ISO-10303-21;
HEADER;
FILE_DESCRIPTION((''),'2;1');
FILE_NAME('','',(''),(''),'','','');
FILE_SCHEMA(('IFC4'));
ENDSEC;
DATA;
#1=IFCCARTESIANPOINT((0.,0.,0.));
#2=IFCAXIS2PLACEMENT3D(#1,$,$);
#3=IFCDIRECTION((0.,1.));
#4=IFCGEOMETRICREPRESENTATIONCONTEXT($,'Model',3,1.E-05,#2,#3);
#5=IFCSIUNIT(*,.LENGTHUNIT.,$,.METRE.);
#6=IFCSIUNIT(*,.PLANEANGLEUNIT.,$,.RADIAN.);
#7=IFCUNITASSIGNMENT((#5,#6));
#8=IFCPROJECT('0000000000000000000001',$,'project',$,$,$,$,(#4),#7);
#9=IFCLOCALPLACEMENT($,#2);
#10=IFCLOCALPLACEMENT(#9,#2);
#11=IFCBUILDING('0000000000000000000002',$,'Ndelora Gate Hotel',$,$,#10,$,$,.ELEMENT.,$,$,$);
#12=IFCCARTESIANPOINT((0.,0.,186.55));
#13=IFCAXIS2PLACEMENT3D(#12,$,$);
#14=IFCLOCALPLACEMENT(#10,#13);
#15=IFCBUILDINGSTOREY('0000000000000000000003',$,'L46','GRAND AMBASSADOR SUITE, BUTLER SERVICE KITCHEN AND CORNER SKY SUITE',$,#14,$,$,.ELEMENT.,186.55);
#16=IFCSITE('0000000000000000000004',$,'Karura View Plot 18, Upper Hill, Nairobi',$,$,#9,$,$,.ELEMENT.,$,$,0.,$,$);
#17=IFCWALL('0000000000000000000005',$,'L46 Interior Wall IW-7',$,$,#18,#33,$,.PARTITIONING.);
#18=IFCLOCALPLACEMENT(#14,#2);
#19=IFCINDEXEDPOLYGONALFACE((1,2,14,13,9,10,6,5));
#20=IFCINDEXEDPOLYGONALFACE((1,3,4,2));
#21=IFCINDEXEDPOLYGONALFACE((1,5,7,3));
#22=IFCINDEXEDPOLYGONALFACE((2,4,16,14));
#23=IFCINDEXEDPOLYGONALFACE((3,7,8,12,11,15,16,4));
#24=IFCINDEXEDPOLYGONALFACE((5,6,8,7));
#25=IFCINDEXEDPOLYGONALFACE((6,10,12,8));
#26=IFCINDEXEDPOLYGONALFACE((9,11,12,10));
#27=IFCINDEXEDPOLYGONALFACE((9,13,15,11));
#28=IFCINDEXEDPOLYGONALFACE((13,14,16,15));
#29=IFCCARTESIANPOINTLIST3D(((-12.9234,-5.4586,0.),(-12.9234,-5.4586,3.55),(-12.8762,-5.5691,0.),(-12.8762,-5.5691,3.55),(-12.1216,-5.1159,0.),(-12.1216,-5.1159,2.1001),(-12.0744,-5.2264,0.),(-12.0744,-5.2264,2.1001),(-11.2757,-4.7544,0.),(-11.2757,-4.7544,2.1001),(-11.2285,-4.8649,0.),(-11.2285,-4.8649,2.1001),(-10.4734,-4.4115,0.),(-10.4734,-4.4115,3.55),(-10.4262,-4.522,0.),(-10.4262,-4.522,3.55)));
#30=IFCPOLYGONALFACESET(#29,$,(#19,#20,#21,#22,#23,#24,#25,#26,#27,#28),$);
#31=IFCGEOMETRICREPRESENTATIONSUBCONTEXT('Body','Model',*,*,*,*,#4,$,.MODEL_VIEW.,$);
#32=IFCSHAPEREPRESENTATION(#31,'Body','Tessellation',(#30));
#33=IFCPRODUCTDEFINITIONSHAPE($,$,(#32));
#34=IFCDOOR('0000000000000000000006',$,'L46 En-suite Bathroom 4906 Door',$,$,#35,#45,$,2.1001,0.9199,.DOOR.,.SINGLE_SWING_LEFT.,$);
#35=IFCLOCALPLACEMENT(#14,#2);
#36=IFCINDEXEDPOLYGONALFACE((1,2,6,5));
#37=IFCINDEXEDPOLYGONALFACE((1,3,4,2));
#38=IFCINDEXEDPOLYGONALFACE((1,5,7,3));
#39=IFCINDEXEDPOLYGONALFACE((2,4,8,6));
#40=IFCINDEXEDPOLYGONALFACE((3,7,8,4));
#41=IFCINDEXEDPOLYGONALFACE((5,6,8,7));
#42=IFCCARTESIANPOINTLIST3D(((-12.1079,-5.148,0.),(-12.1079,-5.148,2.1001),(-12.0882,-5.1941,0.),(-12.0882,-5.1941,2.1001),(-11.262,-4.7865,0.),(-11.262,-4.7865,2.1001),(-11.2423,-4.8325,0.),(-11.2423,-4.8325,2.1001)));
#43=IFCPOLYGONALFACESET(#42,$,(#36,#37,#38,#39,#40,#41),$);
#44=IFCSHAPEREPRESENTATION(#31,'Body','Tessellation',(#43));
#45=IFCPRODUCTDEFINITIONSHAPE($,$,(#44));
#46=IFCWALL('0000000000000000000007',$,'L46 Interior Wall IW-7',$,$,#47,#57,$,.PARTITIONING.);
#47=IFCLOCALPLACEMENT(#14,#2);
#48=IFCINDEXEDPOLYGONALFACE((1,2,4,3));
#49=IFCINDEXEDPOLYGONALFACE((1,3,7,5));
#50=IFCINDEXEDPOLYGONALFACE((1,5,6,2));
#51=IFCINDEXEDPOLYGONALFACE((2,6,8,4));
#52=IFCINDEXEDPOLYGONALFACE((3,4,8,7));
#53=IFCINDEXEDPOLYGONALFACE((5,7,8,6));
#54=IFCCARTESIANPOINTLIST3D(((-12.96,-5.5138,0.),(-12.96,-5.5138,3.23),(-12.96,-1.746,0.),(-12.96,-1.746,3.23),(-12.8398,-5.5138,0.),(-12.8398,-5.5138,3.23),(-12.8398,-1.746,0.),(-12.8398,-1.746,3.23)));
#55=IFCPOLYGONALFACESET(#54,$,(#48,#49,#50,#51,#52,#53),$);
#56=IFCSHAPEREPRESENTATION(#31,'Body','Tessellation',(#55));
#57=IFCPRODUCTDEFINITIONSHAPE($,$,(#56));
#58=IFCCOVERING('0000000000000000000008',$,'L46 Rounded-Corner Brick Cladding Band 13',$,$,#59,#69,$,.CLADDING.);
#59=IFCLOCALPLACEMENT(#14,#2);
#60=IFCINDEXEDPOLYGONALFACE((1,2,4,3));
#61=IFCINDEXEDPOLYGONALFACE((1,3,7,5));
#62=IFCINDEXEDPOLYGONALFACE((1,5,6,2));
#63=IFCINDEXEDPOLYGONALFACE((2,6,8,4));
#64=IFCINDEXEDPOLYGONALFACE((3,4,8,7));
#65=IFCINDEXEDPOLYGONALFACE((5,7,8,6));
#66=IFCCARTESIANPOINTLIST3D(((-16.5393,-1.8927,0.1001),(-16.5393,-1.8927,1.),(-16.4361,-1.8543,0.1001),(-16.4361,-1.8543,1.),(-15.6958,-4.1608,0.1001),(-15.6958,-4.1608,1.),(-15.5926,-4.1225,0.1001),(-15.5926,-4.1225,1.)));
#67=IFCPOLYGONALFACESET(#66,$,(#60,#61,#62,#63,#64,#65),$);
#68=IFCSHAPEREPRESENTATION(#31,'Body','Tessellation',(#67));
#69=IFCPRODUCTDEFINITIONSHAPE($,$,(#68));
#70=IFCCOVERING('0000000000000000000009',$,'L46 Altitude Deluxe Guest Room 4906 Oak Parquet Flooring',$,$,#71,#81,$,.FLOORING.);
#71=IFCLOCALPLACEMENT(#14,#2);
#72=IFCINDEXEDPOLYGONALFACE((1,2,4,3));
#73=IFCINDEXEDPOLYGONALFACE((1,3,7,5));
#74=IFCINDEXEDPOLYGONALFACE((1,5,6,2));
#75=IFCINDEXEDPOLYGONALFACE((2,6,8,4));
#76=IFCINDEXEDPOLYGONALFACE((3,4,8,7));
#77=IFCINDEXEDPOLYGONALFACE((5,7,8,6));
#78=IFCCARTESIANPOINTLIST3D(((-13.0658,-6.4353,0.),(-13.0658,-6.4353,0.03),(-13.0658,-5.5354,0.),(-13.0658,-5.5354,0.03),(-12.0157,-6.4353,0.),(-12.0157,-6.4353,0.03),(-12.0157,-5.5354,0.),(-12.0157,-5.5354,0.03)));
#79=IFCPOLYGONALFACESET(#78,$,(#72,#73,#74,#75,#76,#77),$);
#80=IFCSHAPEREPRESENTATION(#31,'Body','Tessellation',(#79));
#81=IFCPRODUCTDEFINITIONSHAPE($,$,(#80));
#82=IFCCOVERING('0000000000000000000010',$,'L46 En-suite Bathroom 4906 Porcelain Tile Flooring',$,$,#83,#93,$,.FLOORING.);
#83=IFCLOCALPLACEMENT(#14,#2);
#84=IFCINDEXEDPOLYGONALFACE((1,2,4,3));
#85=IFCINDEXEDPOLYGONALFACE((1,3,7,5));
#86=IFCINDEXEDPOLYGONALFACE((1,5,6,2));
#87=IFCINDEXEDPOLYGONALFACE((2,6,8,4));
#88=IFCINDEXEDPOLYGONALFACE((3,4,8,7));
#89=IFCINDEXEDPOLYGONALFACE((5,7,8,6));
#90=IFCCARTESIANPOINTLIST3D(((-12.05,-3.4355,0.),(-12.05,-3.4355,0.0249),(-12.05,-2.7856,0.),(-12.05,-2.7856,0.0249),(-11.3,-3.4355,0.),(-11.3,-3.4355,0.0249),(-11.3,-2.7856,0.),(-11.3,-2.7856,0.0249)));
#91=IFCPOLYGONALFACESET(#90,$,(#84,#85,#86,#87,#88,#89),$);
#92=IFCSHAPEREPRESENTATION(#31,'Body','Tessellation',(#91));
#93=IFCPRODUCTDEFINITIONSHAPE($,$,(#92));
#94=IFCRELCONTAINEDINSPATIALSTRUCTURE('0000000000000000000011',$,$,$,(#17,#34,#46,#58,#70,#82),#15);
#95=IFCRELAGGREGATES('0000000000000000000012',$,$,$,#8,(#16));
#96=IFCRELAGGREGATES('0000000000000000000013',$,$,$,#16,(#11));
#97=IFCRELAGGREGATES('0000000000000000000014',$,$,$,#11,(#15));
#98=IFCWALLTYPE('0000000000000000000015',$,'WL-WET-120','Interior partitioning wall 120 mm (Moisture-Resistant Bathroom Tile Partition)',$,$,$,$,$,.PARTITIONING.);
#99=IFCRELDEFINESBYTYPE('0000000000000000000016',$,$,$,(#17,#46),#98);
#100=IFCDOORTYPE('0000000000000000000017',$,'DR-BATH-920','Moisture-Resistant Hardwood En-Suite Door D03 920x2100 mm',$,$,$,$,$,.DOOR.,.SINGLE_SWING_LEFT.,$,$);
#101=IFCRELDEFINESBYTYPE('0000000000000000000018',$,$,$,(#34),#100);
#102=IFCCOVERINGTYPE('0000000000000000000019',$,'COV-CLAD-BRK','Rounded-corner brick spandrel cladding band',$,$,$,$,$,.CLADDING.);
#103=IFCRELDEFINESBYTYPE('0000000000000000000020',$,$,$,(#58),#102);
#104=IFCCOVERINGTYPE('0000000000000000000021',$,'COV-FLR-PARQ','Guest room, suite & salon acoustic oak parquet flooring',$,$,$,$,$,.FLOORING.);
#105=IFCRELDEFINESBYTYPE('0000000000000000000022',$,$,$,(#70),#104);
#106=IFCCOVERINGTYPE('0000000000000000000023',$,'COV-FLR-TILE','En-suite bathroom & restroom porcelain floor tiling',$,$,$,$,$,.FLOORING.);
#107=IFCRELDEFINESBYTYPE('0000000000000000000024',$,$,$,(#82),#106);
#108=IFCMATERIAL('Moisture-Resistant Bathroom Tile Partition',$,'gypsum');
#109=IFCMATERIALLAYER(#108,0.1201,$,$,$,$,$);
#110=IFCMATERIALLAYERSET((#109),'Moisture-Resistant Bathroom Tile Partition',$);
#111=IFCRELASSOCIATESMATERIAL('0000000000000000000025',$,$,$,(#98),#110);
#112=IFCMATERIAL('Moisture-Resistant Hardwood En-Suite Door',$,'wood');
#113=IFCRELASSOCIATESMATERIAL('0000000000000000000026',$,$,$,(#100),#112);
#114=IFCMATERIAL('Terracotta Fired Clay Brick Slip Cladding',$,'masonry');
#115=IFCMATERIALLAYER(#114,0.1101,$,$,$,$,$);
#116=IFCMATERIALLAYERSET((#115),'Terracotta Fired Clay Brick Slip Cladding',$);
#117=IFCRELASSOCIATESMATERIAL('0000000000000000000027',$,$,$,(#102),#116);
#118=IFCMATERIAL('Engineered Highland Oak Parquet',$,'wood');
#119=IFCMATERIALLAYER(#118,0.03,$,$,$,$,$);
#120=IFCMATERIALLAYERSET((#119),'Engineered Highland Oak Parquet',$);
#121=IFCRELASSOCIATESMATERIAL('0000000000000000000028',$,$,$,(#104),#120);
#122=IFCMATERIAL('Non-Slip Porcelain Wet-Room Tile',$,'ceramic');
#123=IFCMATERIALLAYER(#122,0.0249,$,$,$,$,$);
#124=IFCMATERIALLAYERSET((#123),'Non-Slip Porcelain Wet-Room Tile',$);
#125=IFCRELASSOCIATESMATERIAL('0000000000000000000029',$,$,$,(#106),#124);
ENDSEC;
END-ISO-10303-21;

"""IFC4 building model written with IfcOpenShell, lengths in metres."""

from ifc_helpers import new_model, si_unit, direction, frame, frame_2d, origin, origin_2d, place, context, subcontext, project, spatial, rectangle, extrude, material, layer, layer_set, type_object, element, fill, save


model = new_model("IFC4")

# Units and contexts
model_context = context("Model", 3, precision=1e-05, world=origin(), true_north=direction((0.0, 1.0)))
body_context = subcontext(model_context, "Body", "Model", "MODEL_VIEW")
ifc_project = project(units=[si_unit("LENGTHUNIT", "METRE"), si_unit("PLANEANGLEUNIT", "RADIAN")], contexts=[model_context])

# Site, building, storey
site_placement = place(None, origin())
site = spatial("IfcSite", under=ifc_project, at=site_placement, Name="Karura View Plot 18, Upper Hill, Nairobi", CompositionType="ELEMENT", RefElevation=0.0)
building_placement = place(site_placement, origin())
building = spatial("IfcBuilding", under=site, at=building_placement, Name="Ndelora Gate Hotel", CompositionType="ELEMENT")
storey_placement = place(building_placement, frame((0.0, 0.0, 186.55)))
storey = spatial("IfcBuildingStorey", under=building, at=storey_placement, Name="L46", Description="GRAND AMBASSADOR SUITE, BUTLER SERVICE KITCHEN AND CORNER SKY SUITE", CompositionType="ELEMENT", Elevation=186.55)

# Wall, opening, door
ifc_material_1 = material(Name="Moisture-Resistant Bathroom Tile Partition", Category="gypsum")
ifc_layer_1 = layer(ifc_material_1, 0.1201)
ifc_layer_set_1 = layer_set([ifc_layer_1], Name="Moisture-Resistant Bathroom Tile Partition")
wall_type_1 = type_object("IfcWallType", Name="WL-WET-120", Description="Interior partitioning wall 120 mm (Moisture-Resistant Bathroom Tile Partition)", PredefinedType="PARTITIONING", material=ifc_layer_set_1)
wall_1_placement = place(storey_placement, frame((-10.45, -4.4668, 0.0), z_axis=(0.0, 0.0, 1.0), x_axis=(-0.919533, -0.393012, 0.0)))
wall_1 = element("IfcWall", 1, at=wall_1_placement, inside=storey, type_object=wall_type_1, Name="L46 Interior Wall IW-7", PredefinedType="PARTITIONING", context=body_context, shape_type="SweptSolid", body=[
    extrude(rectangle(XDim=2.6643, YDim=0.1201, at=frame_2d((1.332, 0.0))), origin(), (0.0, 0.0, 1.0), 3.55),
])
opening_1_placement = place(wall_1_placement, frame((0.8723, 0.0, 0.0)))
opening_1 = element("IfcOpeningElement", 2, at=opening_1_placement, cuts=wall_1, PredefinedType="OPENING", context=body_context, shape_type="SweptSolid", body=[
    extrude(rectangle(XDim=0.9199, YDim=2.1001, at=frame_2d((0.46, 1.05))), frame((0.0, 0.0701, 0.0), z_axis=(0.0, -1.0, 0.0), x_axis=(1.0, 0.0, 0.0)), (0.0, 0.0, 1.0), 0.1401),
])
ifc_material_2 = material(Name="Moisture-Resistant Hardwood En-Suite Door", Category="wood")
door_type = type_object("IfcDoorType", Name="DR-BATH-920", Description="Moisture-Resistant Hardwood En-Suite Door D03 920x2100 mm", OperationType="SINGLE_SWING_LEFT", PredefinedType="DOOR", material=ifc_material_2)
door_placement = place(opening_1_placement, origin())
door = element("IfcDoor", 3, at=door_placement, inside=storey, type_object=door_type, Name="L46 En-suite Bathroom 4906 Door", OperationType="SINGLE_SWING_LEFT", OverallHeight=2.1001, OverallWidth=0.9199, PredefinedType="DOOR", context=body_context, shape_type="SweptSolid", body=[
    extrude(rectangle(XDim=0.9199, YDim=2.1001, at=frame_2d((0.46, 1.05))), frame((0.0, 0.0249, 0.0), z_axis=(0.0, -1.0, 0.0), x_axis=(1.0, 0.0, 0.0)), (0.0, 0.0, 1.0), 0.05),
])
fill(opening_1, door)

# Wall
wall_2_placement = place(storey_placement, frame((-12.8999, -1.7461, 0.0), z_axis=(0.0, 0.0, 1.0), x_axis=(0.0, -1.0, 0.0)))
element("IfcWall", 4, at=wall_2_placement, inside=storey, type_object=wall_type_1, Name="L46 Interior Wall IW-7", PredefinedType="PARTITIONING", context=body_context, shape_type="SweptSolid", body=[
    extrude(rectangle(XDim=3.7678, YDim=0.1201, at=frame_2d((1.8838, 0.0))), origin(), (0.0, 0.0, 1.0), 3.23),
])

# Coverings
ifc_material_3 = material(Name="Terracotta Fired Clay Brick Slip Cladding", Category="masonry")
ifc_layer_2 = layer(ifc_material_3, 0.1101)
ifc_layer_set_2 = layer_set([ifc_layer_2], Name="Terracotta Fired Clay Brick Slip Cladding")
covering_type_1 = type_object("IfcCoveringType", Name="COV-CLAD-BRK", Description="Rounded-corner brick spandrel cladding band", PredefinedType="CLADDING", material=ifc_layer_set_2)
covering_1_placement = place(storey_placement, frame((-16.0659, -3.0076, 0.1001), z_axis=(0.0, 0.0, 1.0), x_axis=(-0.348572, 0.937282, 0.0)))
element("IfcCovering", 5, at=covering_1_placement, inside=storey, type_object=covering_type_1, Name="L46 Rounded-Corner Brick Cladding Band 13", PredefinedType="CLADDING", context=body_context, shape_type="SweptSolid", body=[
    extrude(rectangle(XDim=2.4199, YDim=0.1101, at=origin_2d()), origin(), (0.0, 0.0, 1.0), 0.8999),
])
ifc_material_4 = material(Name="Engineered Highland Oak Parquet", Category="wood")
ifc_layer_3 = layer(ifc_material_4, 0.03)
ifc_layer_set_3 = layer_set([ifc_layer_3], Name="Engineered Highland Oak Parquet")
covering_type_2 = type_object("IfcCoveringType", Name="COV-FLR-PARQ", Description="Guest room, suite & salon acoustic oak parquet flooring", PredefinedType="FLOORING", material=ifc_layer_set_3)
covering_2_placement = place(storey_placement, frame((-12.5408, -5.9854, 0.0), z_axis=(0.0, 0.0, 1.0), x_axis=(1.0, 0.0, 0.0)))
element("IfcCovering", 6, at=covering_2_placement, inside=storey, type_object=covering_type_2, Name="L46 Altitude Deluxe Guest Room 4906 Oak Parquet Flooring", PredefinedType="FLOORING", context=body_context, shape_type="SweptSolid", body=[
    extrude(rectangle(XDim=1.05, YDim=0.8999, at=origin_2d()), origin(), (0.0, 0.0, 1.0), 0.03),
])
ifc_material_5 = material(Name="Non-Slip Porcelain Wet-Room Tile", Category="ceramic")
ifc_layer_4 = layer(ifc_material_5, 0.0249)
ifc_layer_set_4 = layer_set([ifc_layer_4], Name="Non-Slip Porcelain Wet-Room Tile")
covering_type_3 = type_object("IfcCoveringType", Name="COV-FLR-TILE", Description="En-suite bathroom & restroom porcelain floor tiling", PredefinedType="FLOORING", material=ifc_layer_set_4)
covering_3_placement = place(storey_placement, frame((-11.675, -3.1106, 0.0), z_axis=(0.0, 0.0, 1.0), x_axis=(1.0, 0.0, 0.0)))
element("IfcCovering", 7, at=covering_3_placement, inside=storey, type_object=covering_type_3, Name="L46 En-suite Bathroom 4906 Porcelain Tile Flooring", PredefinedType="FLOORING", context=body_context, shape_type="SweptSolid", body=[
    extrude(rectangle(XDim=0.75, YDim=0.6499, at=origin_2d()), origin(), (0.0, 0.0, 1.0), 0.0249),
])

save(model, "model.ifc")
